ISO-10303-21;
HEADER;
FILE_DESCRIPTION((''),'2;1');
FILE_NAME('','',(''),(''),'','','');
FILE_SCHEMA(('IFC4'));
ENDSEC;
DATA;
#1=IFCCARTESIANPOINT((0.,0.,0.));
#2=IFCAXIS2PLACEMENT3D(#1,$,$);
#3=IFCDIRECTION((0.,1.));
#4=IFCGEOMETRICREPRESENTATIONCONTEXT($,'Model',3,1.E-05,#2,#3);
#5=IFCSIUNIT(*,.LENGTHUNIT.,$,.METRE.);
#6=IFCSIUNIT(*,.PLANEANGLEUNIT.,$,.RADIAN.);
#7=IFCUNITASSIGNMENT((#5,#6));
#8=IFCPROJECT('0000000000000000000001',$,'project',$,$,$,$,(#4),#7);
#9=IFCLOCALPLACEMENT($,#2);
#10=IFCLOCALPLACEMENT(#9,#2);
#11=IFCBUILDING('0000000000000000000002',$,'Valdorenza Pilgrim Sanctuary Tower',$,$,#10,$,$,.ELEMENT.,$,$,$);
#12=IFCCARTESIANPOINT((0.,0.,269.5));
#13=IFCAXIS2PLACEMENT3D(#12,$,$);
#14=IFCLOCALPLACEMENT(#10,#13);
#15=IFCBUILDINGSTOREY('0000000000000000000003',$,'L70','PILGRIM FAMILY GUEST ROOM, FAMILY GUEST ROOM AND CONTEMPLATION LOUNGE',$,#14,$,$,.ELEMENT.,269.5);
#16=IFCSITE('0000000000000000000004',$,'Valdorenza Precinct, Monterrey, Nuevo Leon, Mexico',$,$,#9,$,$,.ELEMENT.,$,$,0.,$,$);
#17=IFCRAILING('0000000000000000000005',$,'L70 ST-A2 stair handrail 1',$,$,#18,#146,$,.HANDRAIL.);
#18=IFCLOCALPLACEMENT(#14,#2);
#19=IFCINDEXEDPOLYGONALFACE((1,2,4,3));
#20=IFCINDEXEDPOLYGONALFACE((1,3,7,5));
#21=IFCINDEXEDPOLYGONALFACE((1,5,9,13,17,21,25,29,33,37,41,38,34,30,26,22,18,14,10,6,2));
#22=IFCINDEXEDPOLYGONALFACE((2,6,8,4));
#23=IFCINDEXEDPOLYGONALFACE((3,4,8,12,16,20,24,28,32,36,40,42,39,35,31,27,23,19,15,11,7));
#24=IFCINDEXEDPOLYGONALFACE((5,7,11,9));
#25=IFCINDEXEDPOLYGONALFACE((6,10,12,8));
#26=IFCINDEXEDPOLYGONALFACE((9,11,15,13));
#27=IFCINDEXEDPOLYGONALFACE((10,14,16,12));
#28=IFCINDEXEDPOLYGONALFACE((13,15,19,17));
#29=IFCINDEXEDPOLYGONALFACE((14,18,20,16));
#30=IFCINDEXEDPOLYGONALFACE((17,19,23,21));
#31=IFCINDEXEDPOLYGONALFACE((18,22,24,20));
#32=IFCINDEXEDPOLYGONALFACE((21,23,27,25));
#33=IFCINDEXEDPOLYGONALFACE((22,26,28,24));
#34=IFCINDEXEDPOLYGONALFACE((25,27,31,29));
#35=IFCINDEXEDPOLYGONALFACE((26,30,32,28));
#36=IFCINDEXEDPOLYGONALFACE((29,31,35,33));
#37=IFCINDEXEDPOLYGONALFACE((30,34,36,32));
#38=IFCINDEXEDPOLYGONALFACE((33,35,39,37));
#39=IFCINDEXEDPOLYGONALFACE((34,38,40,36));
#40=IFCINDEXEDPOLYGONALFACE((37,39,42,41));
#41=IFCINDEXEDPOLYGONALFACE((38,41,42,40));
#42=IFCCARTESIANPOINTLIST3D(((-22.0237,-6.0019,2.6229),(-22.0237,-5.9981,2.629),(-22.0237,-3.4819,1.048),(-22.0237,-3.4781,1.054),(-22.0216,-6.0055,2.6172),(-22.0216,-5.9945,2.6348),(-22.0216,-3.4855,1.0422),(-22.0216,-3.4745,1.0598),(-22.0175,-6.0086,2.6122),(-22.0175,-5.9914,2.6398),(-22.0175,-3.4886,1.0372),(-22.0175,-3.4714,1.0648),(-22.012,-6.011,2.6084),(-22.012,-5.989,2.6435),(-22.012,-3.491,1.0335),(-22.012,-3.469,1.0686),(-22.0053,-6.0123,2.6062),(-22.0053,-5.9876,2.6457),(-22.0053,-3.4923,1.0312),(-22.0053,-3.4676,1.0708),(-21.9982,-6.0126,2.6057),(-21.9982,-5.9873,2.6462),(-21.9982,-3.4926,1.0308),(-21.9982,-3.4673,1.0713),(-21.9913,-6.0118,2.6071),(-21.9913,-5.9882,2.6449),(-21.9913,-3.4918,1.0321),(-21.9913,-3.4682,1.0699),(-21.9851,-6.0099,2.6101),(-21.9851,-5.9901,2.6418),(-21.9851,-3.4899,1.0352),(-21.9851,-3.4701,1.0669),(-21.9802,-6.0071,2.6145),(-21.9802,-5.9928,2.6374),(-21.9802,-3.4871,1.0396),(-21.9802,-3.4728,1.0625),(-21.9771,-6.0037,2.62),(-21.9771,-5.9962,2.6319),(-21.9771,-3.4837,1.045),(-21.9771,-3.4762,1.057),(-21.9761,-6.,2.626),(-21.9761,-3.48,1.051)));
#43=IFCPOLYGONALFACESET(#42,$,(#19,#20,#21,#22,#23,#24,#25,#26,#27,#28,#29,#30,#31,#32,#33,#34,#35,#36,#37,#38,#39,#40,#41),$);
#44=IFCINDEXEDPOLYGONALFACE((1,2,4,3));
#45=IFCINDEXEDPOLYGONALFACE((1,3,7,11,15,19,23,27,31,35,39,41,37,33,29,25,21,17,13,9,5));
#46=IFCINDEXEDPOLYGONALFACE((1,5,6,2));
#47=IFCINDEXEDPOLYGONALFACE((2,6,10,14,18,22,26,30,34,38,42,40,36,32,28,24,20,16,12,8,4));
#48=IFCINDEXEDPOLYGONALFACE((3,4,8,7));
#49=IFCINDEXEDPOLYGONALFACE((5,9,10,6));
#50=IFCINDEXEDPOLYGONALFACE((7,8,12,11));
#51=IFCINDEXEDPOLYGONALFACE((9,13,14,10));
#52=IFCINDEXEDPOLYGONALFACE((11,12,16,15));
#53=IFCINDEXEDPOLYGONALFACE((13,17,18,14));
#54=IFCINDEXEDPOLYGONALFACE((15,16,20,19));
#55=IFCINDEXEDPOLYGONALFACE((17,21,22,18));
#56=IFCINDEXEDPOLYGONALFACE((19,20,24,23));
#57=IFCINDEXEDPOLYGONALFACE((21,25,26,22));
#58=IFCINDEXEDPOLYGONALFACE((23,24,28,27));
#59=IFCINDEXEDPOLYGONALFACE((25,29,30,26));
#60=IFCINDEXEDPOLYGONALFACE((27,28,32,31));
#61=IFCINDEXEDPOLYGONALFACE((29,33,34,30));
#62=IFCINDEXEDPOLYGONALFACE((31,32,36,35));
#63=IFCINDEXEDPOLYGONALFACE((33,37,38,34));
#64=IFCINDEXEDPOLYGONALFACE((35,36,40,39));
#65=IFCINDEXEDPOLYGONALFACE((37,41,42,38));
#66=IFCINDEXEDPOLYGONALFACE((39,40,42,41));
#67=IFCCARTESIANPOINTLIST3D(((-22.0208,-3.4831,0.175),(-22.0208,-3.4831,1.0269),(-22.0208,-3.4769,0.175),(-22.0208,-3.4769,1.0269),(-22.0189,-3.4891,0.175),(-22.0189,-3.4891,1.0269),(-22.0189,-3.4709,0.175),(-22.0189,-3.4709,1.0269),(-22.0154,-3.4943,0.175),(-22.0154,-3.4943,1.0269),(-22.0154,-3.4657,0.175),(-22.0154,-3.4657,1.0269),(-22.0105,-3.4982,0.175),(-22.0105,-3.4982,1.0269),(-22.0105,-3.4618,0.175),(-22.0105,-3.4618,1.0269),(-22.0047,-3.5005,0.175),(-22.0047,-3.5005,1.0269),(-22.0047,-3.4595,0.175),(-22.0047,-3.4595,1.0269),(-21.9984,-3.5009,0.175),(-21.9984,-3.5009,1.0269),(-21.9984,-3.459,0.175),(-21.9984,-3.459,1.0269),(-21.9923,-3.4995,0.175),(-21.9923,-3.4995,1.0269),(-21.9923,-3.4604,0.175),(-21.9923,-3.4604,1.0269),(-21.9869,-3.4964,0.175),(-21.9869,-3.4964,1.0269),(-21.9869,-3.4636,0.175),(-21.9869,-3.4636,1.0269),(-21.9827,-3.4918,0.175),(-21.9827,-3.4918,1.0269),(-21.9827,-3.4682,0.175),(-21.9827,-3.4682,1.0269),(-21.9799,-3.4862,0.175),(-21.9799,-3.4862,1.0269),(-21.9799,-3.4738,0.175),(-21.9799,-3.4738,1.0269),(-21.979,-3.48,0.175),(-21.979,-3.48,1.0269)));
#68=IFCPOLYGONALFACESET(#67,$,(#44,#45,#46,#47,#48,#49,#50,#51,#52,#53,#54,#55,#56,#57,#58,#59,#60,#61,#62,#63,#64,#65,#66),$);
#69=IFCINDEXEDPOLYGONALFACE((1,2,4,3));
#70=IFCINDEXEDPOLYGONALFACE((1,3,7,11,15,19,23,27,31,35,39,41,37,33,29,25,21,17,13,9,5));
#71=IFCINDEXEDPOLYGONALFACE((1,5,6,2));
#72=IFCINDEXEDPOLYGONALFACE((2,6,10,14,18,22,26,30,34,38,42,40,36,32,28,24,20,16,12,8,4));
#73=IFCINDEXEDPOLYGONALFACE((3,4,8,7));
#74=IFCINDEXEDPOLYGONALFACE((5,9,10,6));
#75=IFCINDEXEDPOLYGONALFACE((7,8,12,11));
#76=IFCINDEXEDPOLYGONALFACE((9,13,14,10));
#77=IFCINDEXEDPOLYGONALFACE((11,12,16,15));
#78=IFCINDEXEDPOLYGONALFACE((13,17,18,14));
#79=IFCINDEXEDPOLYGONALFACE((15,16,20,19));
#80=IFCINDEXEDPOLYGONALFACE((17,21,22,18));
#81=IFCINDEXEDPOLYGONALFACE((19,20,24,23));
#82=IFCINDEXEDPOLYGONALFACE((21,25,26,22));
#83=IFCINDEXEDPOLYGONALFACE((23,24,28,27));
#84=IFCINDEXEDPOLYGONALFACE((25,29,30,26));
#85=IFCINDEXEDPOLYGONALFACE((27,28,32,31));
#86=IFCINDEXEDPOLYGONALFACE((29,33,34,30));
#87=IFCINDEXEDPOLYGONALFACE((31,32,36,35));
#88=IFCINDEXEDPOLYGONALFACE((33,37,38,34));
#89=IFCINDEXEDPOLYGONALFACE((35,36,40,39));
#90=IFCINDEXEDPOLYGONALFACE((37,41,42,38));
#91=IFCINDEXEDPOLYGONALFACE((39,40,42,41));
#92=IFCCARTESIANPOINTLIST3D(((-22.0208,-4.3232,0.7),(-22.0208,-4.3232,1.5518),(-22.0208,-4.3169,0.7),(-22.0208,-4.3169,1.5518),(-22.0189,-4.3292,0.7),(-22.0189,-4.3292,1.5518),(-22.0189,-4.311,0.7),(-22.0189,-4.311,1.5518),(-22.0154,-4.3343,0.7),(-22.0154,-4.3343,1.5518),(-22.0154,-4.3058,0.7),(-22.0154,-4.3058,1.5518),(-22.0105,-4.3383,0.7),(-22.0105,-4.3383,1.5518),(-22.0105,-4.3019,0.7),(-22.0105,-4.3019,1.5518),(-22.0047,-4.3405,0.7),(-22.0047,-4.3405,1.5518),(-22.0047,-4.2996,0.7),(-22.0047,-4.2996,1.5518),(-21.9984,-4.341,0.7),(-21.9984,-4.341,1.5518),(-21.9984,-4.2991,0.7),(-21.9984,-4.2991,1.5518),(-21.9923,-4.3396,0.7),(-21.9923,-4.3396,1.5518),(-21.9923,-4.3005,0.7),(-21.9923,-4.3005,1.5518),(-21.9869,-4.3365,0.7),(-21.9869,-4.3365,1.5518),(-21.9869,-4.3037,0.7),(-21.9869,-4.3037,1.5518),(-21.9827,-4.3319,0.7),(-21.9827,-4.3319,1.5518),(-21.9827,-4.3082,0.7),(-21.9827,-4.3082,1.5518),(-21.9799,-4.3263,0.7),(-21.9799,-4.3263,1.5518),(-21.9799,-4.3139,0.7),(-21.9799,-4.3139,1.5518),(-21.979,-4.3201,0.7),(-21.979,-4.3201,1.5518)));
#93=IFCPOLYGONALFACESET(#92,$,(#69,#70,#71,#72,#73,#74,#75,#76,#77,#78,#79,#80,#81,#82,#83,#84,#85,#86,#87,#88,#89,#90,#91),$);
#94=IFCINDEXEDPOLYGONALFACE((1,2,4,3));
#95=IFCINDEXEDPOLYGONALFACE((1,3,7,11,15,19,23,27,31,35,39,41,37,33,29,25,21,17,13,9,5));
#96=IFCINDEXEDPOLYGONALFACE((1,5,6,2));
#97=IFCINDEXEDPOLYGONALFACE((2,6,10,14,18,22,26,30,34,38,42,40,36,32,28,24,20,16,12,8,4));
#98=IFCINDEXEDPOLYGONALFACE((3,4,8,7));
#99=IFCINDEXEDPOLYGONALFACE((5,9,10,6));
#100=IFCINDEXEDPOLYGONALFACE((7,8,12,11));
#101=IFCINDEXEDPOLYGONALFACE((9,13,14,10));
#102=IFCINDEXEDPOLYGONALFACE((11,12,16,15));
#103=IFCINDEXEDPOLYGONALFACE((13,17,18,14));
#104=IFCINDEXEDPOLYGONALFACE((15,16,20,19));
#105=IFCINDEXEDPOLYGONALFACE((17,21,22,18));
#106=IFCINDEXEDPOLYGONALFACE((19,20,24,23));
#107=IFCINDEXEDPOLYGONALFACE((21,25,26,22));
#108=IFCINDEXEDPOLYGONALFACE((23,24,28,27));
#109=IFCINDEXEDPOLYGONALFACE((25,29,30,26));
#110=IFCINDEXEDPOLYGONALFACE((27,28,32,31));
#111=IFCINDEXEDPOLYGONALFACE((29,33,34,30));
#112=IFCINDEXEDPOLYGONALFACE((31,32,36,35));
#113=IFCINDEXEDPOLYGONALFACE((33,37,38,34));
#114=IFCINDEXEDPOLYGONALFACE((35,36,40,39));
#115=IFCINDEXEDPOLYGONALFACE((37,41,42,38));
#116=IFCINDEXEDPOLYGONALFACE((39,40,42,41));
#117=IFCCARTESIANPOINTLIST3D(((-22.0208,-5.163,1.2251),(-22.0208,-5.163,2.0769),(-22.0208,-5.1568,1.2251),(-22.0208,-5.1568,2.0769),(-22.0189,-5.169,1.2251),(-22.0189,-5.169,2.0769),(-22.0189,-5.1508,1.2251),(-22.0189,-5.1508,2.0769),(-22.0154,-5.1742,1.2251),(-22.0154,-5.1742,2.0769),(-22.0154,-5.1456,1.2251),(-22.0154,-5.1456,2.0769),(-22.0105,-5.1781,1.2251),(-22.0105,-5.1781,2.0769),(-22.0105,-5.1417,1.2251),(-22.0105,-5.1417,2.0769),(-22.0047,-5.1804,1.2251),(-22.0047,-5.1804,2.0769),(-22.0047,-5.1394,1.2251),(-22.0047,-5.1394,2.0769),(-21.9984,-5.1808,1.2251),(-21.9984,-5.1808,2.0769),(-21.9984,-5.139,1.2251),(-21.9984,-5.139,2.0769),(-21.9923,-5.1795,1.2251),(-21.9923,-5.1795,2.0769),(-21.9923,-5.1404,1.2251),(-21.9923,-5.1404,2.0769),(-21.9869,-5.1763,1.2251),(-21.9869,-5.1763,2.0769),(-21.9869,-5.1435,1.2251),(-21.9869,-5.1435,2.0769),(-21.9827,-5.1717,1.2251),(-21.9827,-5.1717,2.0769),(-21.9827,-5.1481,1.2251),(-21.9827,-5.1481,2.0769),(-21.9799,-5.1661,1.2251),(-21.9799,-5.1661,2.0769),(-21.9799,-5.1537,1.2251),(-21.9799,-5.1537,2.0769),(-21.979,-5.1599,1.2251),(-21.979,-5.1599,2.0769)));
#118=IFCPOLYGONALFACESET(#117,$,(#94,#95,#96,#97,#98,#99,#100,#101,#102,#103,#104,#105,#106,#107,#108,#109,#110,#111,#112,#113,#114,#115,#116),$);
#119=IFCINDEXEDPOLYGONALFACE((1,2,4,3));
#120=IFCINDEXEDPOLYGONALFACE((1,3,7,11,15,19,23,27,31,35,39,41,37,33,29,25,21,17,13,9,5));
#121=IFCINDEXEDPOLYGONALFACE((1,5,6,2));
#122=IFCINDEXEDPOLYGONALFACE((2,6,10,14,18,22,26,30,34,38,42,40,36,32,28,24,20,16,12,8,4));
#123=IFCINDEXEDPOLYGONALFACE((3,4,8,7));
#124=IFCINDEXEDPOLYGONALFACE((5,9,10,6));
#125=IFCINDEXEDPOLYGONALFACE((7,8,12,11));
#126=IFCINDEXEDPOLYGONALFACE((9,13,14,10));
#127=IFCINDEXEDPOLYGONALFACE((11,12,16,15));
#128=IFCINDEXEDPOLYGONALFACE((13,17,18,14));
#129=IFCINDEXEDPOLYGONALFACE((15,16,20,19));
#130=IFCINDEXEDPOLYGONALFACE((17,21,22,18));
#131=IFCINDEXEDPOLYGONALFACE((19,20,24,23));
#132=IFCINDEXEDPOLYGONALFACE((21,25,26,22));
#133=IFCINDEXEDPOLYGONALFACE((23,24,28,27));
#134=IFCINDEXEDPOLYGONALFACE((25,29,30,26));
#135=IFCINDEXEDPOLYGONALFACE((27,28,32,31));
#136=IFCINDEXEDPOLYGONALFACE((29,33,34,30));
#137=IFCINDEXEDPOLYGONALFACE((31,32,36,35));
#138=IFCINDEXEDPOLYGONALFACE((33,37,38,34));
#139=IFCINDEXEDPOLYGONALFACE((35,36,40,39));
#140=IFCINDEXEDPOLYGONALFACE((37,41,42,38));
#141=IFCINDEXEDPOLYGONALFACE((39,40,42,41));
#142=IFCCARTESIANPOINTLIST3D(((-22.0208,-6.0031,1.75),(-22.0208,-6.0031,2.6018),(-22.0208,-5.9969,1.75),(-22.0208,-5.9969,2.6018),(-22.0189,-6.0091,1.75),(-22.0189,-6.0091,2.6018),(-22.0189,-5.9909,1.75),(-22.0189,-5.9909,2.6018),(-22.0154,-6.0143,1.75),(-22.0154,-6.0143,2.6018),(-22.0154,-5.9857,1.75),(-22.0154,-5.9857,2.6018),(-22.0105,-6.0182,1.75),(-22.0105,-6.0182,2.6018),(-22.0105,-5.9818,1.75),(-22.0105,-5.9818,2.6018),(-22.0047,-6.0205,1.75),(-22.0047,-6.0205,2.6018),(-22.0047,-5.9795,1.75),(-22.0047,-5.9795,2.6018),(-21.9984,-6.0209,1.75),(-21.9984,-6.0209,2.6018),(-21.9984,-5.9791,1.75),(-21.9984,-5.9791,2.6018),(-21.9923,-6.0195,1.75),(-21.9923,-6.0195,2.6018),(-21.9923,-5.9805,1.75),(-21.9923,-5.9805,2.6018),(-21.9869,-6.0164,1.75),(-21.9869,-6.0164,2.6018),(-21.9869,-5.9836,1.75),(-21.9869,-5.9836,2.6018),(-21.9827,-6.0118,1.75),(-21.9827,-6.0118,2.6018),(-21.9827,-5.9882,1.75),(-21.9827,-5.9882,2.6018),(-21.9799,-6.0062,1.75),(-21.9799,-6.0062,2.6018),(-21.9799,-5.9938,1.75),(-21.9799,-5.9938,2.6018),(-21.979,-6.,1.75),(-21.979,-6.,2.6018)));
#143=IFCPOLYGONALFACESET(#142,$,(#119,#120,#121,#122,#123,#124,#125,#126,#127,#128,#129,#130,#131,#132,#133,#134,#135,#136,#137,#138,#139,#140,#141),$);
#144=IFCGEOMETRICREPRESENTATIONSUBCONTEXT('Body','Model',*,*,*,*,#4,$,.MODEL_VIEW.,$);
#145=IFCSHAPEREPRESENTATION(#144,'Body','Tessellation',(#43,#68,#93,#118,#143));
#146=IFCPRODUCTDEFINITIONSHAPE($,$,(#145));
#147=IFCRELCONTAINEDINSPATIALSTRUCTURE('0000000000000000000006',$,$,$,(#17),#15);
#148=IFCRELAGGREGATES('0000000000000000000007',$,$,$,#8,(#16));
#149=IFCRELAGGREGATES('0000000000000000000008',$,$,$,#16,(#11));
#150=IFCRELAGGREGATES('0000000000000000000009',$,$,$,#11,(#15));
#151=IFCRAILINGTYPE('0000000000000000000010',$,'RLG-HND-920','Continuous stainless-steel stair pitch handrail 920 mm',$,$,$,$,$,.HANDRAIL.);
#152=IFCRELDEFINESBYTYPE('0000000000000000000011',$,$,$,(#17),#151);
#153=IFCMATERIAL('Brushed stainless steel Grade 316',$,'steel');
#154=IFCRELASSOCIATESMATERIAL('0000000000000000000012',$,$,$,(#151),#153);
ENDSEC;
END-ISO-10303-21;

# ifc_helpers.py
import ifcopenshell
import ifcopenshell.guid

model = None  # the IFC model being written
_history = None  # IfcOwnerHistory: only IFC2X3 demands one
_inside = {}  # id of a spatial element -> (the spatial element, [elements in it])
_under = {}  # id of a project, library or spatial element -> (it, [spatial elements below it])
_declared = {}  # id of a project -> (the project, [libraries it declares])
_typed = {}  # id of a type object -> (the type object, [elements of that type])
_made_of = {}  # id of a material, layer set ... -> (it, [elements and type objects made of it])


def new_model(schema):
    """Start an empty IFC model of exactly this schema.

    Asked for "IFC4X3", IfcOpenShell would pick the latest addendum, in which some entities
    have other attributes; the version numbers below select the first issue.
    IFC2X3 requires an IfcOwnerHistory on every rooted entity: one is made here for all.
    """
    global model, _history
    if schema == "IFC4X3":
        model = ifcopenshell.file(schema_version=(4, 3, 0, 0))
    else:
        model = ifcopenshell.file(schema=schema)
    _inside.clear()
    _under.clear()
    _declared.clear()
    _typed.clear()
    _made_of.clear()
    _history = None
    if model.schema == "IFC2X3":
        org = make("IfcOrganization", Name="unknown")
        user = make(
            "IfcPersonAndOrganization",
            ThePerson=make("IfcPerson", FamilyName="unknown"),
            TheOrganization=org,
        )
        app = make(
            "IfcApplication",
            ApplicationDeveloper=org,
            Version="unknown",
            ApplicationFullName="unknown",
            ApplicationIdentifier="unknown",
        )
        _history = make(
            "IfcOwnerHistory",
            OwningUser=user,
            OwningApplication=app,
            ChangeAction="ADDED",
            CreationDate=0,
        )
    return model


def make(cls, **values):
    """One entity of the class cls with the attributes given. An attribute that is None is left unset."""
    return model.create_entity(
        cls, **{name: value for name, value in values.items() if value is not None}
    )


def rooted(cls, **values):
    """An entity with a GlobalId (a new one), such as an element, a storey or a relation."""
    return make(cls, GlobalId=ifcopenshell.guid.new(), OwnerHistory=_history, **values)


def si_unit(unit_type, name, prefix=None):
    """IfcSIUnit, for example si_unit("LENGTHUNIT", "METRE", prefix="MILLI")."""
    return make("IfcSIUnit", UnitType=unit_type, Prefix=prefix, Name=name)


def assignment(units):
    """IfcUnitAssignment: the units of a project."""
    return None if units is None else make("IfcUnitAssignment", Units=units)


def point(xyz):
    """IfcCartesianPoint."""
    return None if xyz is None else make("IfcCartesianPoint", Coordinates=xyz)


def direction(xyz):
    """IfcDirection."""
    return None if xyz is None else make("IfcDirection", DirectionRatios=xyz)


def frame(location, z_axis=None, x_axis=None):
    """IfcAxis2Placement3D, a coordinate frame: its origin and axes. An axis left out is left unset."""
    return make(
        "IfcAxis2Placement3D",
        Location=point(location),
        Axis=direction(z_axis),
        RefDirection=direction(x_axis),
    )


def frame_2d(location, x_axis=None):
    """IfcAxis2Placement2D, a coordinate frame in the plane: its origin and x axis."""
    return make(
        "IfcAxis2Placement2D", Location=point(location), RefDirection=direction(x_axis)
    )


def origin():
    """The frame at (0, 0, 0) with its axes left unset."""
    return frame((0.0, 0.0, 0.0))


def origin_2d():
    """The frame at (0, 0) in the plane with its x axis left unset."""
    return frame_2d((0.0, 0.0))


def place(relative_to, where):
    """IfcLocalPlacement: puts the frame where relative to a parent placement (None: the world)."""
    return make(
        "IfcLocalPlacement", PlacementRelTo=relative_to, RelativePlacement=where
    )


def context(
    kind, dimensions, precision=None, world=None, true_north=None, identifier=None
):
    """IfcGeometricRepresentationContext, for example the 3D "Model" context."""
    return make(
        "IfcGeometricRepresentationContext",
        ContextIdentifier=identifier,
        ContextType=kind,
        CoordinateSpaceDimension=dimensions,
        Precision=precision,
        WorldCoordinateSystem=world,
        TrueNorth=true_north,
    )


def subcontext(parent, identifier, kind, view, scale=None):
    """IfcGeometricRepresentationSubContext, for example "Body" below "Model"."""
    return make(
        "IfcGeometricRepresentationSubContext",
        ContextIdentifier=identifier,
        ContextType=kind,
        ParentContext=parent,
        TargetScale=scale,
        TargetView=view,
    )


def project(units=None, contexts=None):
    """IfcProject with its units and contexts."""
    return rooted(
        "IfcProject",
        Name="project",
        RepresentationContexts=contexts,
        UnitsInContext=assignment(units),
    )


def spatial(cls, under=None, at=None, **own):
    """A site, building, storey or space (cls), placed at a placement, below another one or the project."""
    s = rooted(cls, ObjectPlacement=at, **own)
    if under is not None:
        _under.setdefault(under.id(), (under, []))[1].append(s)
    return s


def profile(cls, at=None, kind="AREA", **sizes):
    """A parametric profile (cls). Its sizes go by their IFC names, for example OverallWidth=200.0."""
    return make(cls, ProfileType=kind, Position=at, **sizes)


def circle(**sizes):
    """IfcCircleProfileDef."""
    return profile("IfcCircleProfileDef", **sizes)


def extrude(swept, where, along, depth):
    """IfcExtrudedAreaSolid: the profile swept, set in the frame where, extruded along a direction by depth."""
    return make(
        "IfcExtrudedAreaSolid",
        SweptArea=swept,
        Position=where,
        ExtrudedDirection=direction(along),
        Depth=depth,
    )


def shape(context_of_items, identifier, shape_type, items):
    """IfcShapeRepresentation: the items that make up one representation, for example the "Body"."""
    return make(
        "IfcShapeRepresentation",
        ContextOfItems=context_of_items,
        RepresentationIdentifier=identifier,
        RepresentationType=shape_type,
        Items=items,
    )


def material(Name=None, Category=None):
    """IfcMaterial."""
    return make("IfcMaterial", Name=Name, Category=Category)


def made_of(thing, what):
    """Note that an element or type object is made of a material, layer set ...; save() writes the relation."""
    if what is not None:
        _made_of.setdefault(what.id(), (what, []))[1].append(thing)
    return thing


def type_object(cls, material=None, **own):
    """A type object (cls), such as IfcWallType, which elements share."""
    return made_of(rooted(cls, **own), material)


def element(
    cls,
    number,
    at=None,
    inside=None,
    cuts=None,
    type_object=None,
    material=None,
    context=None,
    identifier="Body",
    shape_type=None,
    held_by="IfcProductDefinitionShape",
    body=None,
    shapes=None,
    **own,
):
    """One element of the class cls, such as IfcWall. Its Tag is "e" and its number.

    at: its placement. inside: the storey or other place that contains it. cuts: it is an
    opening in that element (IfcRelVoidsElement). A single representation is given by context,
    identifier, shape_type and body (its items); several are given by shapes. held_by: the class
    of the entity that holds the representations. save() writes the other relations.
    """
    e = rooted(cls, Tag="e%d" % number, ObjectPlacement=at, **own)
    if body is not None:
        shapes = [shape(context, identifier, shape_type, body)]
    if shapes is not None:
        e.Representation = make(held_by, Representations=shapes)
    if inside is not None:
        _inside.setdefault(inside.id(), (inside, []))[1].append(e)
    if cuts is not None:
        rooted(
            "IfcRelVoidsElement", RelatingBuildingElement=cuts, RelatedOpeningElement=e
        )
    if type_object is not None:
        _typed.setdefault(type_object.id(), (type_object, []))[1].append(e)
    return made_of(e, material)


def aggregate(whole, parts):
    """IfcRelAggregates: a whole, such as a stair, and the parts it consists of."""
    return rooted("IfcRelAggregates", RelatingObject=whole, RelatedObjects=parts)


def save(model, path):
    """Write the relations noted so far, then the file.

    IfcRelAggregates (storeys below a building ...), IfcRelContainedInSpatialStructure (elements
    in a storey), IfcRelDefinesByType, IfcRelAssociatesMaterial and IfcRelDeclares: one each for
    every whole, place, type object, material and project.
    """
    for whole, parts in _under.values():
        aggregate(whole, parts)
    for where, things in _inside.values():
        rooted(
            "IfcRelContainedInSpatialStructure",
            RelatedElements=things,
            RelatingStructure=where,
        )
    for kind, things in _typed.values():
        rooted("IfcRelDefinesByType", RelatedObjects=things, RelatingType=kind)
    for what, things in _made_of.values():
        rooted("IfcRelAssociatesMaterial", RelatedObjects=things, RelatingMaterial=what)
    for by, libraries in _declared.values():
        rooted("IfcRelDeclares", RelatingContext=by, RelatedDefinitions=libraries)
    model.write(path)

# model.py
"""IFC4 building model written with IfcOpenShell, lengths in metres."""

from ifc_helpers import new_model, si_unit, direction, frame, origin, origin_2d, place, context, subcontext, project, spatial, circle, extrude, material, type_object, element, save


model = new_model("IFC4")

# Units and contexts
model_context = context("Model", 3, precision=1e-05, world=origin(), true_north=direction((0.0, 1.0)))
body_context = subcontext(model_context, "Body", "Model", "MODEL_VIEW")
ifc_project = project(units=[si_unit("LENGTHUNIT", "METRE"), si_unit("PLANEANGLEUNIT", "RADIAN")], contexts=[model_context])

# Site, building, storey
site_placement = place(None, origin())
site = spatial("IfcSite", under=ifc_project, at=site_placement, Name="Valdorenza Precinct, Monterrey, Nuevo Leon, Mexico", CompositionType="ELEMENT", RefElevation=0.0)
building_placement = place(site_placement, origin())
building = spatial("IfcBuilding", under=site, at=building_placement, Name="Valdorenza Pilgrim Sanctuary Tower", CompositionType="ELEMENT")
storey_placement = place(building_placement, frame((0.0, 0.0, 269.5)))
storey = spatial("IfcBuildingStorey", under=building, at=storey_placement, Name="L70", Description="PILGRIM FAMILY GUEST ROOM, FAMILY GUEST ROOM AND CONTEMPLATION LOUNGE", CompositionType="ELEMENT", Elevation=269.5)

# Shared definitions
ifc_material_1 = material(Name="Brushed stainless steel Grade 316", Category="steel")

# Railing
railing_type_1 = type_object("IfcRailingType", Name="RLG-HND-920", Description="Continuous stainless-steel stair pitch handrail 920 mm", PredefinedType="HANDRAIL", material=ifc_material_1)
railing_1_placement = place(storey_placement, frame((-22.0, -3.48, 0.175)))
element("IfcRailing", 1, at=railing_1_placement, inside=storey, type_object=railing_type_1, Name="L70 ST-A2 stair handrail 1", PredefinedType="HANDRAIL", context=body_context, shape_type="SweptSolid", body=[
    extrude(circle(Radius=0.0239, at=origin_2d()), frame((0.0, 0.0, 0.876), z_axis=(0.0, -0.848008, 0.529984), x_axis=(1.0, 0.0, 0.0)), (0.0, 0.0, 1.0), 2.9717),
    extrude(circle(Radius=0.021, at=origin_2d()), origin(), (0.0, 0.0, 1.0), 0.8518),
    extrude(circle(Radius=0.021, at=origin_2d()), frame((0.0, -0.8401, 0.5249)), (0.0, 0.0, 1.0), 0.8518),
    extrude(circle(Radius=0.021, at=origin_2d()), frame((0.0, -1.6799, 1.05)), (0.0, 0.0, 1.0), 0.8518),
    extrude(circle(Radius=0.021, at=origin_2d()), frame((0.0, -2.52, 1.575)), (0.0, 0.0, 1.0), 0.8518),
])

save(model, "model.ifc")
